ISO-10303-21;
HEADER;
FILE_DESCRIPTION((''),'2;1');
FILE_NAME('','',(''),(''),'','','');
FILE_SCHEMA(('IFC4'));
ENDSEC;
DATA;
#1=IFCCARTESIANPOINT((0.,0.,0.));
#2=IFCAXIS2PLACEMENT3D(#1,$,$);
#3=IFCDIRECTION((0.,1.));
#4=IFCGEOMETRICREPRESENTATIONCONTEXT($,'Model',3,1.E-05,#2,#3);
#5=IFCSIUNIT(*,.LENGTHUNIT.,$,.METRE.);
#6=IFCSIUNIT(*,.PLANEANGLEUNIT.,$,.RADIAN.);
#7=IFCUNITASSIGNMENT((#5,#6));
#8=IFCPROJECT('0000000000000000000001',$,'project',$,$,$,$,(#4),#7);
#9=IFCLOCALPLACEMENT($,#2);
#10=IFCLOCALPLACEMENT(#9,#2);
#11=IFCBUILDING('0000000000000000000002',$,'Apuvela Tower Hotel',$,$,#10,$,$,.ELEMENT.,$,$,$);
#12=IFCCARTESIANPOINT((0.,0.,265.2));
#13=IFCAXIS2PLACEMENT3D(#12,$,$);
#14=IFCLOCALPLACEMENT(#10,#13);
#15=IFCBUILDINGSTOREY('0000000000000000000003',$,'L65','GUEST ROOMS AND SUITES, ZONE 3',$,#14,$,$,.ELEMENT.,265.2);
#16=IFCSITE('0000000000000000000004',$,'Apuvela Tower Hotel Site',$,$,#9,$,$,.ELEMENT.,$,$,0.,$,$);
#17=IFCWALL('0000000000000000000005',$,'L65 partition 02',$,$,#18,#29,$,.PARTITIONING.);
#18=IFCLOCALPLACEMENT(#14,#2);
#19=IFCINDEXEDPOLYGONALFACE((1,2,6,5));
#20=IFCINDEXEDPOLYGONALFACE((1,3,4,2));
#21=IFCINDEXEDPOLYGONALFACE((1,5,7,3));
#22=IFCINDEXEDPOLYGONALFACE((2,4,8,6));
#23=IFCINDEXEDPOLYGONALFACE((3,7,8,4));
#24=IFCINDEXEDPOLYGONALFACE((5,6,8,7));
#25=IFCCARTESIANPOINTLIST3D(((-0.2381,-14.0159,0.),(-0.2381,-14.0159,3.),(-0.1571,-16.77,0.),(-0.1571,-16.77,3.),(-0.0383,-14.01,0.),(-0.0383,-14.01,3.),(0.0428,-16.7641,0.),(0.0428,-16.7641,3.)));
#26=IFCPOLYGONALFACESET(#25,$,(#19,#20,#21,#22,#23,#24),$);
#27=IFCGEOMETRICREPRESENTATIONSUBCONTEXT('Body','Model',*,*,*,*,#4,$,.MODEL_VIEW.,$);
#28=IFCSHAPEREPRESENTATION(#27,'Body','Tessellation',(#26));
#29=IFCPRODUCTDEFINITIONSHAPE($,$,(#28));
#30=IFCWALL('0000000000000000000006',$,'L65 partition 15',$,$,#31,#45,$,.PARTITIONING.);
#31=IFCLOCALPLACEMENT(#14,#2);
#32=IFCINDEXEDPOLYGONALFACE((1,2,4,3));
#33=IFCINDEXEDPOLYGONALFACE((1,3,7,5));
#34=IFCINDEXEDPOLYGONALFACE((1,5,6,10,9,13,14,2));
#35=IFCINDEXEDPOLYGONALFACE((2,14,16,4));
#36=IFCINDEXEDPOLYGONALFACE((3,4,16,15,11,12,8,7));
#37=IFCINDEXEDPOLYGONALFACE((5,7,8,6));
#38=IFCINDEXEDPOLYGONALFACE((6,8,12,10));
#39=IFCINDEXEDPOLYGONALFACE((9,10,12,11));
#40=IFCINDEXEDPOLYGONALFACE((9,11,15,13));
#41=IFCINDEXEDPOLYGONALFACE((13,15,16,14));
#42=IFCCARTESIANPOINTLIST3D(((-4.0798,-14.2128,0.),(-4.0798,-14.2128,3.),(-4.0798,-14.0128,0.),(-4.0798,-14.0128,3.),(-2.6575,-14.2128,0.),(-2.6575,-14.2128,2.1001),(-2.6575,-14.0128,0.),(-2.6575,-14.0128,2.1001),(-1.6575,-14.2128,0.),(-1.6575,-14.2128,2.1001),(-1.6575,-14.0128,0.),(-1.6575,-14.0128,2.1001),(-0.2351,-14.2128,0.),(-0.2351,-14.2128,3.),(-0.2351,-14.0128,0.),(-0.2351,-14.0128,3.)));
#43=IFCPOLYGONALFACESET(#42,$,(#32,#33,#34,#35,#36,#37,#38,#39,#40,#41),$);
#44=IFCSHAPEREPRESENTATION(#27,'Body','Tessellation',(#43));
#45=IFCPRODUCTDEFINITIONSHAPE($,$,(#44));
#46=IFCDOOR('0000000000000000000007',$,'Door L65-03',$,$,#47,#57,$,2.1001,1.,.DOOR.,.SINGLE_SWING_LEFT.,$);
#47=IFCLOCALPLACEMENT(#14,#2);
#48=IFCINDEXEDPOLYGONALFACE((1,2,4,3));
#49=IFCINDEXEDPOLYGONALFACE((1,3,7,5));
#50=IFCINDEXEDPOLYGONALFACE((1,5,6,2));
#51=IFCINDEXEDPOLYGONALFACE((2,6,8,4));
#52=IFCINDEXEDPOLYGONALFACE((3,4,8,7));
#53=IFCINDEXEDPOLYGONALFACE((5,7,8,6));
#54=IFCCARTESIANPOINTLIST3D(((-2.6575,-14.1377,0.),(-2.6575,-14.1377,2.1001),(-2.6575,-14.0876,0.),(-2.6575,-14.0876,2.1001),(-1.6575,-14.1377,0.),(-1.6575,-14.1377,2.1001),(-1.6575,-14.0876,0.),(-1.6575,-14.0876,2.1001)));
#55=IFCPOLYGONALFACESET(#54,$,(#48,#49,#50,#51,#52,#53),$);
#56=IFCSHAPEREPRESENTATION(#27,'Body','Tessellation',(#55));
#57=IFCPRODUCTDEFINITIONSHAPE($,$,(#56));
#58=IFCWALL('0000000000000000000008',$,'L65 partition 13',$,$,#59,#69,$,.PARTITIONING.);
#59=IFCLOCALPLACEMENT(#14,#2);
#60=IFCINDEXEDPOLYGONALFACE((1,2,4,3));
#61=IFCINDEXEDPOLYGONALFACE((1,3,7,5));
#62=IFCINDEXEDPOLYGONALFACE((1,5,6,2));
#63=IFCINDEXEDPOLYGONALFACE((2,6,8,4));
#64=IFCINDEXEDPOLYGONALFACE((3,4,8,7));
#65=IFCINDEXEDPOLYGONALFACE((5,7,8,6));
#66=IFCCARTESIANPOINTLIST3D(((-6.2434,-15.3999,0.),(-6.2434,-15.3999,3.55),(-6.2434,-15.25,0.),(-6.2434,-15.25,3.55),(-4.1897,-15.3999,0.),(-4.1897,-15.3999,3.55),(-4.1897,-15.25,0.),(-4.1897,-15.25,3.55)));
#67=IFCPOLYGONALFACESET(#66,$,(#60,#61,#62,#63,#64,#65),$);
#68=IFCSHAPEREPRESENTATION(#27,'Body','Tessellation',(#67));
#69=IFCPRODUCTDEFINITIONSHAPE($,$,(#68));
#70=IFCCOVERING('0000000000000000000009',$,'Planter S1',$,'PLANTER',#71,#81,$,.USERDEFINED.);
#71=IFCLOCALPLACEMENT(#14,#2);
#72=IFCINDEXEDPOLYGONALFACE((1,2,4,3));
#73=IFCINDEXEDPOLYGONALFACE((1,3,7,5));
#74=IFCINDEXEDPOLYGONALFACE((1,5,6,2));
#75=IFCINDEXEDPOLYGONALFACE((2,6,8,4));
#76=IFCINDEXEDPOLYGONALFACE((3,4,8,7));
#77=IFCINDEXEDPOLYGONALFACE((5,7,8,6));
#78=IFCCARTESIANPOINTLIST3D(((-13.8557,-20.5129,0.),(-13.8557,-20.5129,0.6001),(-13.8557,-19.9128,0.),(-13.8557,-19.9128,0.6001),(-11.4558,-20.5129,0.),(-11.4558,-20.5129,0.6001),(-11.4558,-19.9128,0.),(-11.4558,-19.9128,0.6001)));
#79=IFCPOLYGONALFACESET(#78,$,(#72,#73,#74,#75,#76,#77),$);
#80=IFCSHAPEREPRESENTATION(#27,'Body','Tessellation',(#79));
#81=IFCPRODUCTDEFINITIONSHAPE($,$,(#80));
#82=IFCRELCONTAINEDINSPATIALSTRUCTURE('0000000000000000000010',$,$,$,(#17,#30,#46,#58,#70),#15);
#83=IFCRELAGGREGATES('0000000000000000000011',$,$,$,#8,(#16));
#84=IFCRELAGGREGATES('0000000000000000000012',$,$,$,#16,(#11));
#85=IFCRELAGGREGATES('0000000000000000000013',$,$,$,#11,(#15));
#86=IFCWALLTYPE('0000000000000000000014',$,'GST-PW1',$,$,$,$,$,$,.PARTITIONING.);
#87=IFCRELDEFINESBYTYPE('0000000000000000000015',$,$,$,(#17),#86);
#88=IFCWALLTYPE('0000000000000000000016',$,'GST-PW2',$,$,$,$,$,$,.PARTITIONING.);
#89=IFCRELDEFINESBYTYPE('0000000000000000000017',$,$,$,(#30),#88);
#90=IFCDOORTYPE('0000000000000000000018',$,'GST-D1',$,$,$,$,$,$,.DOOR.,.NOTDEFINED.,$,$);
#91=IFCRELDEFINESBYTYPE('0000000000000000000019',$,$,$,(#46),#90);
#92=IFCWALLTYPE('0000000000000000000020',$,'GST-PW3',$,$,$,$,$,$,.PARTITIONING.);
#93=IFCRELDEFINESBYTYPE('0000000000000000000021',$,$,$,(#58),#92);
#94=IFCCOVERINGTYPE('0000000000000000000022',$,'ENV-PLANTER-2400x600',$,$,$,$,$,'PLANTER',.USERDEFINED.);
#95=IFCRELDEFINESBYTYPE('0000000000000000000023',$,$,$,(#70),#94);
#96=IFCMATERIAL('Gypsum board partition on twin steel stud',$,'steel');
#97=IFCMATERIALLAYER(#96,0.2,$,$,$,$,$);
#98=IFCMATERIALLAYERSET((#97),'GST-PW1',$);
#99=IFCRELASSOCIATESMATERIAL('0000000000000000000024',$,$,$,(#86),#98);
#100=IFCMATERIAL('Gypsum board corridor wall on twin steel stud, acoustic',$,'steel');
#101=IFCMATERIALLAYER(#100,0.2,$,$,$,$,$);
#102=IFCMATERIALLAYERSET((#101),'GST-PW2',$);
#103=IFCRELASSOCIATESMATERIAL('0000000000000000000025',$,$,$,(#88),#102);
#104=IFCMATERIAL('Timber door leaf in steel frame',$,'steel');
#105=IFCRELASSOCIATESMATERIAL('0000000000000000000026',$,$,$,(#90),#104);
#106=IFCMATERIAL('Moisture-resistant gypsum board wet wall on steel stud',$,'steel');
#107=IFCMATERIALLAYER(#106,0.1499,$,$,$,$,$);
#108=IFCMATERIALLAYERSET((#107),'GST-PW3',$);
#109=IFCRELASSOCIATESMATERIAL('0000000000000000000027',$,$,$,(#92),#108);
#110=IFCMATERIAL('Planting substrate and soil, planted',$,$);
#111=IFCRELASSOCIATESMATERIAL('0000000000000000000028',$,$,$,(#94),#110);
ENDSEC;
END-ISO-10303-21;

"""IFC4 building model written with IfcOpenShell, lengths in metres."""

from ifc_helpers import new_model, si_unit, direction, frame, frame_2d, origin, origin_2d, place, context, subcontext, project, spatial, rectangle, extrude, material, layer, layer_set, type_object, element, fill, save


model = new_model("IFC4")

# Units and contexts
model_context = context("Model", 3, precision=1e-05, world=origin(), true_north=direction((0.0, 1.0)))
body_context = subcontext(model_context, "Body", "Model", "MODEL_VIEW")
ifc_project = project(units=[si_unit("LENGTHUNIT", "METRE"), si_unit("PLANEANGLEUNIT", "RADIAN")], contexts=[model_context])

# Site, building, storey
site_placement = place(None, origin())
site = spatial("IfcSite", under=ifc_project, at=site_placement, Name="Apuvela Tower Hotel Site", CompositionType="ELEMENT", RefElevation=0.0)
building_placement = place(site_placement, origin())
building = spatial("IfcBuilding", under=site, at=building_placement, Name="Apuvela Tower Hotel", CompositionType="ELEMENT")
storey_placement = place(building_placement, frame((0.0, 0.0, 265.2)))
storey = spatial("IfcBuildingStorey", under=building, at=storey_placement, Name="L65", Description="GUEST ROOMS AND SUITES, ZONE 3", CompositionType="ELEMENT", Elevation=265.2)

# Wall
ifc_material_1 = material(Name="Gypsum board partition on twin steel stud", Category="steel")
ifc_layer_1 = layer(ifc_material_1, 0.2)
ifc_layer_set_1 = layer_set([ifc_layer_1], Name="GST-PW1")
wall_type_1 = type_object("IfcWallType", Name="GST-PW1", PredefinedType="PARTITIONING", material=ifc_layer_set_1)
wall_1_placement = place(storey_placement, frame((-0.0571, -16.7671, 0.0), z_axis=(0.0, 0.0, 1.0), x_axis=(-0.029417, 0.999567, 0.0)))
element("IfcWall", 1, at=wall_1_placement, inside=storey, type_object=wall_type_1, Name="L65 partition 02", PredefinedType="PARTITIONING", context=body_context, shape_type="SweptSolid", body=[
    extrude(rectangle(XDim=2.7554, YDim=0.2, at=frame_2d((1.3777, 0.0))), origin(), (0.0, 0.0, 1.0), 3.0),
])

# Wall, opening, door
ifc_material_2 = material(Name="Gypsum board corridor wall on twin steel stud, acoustic", Category="steel")
ifc_layer_2 = layer(ifc_material_2, 0.2)
ifc_layer_set_2 = layer_set([ifc_layer_2], Name="GST-PW2")
wall_type_2 = type_object("IfcWallType", Name="GST-PW2", PredefinedType="PARTITIONING", material=ifc_layer_set_2)
wall_2_placement = place(storey_placement, frame((-0.2351, -14.1128, 0.0), z_axis=(0.0, 0.0, 1.0), x_axis=(-1.0, 0.0, 0.0)))
wall_2 = element("IfcWall", 2, at=wall_2_placement, inside=storey, type_object=wall_type_2, Name="L65 partition 15", PredefinedType="PARTITIONING", context=body_context, shape_type="SweptSolid", body=[
    extrude(rectangle(XDim=3.8447, YDim=0.2, at=frame_2d((1.9224, 0.0))), origin(), (0.0, 0.0, 1.0), 3.0),
])
opening_1_placement = place(wall_2_placement, frame((1.4224, 0.0, 0.0)))
opening_1 = element("IfcOpeningElement", 3, at=opening_1_placement, cuts=wall_2, PredefinedType="OPENING", context=body_context, shape_type="SweptSolid", body=[
    extrude(rectangle(XDim=1.0, YDim=2.1001, at=frame_2d((0.5, 1.05))), frame((0.0, 0.1099, 0.0), z_axis=(0.0, -1.0, 0.0), x_axis=(1.0, 0.0, 0.0)), (0.0, 0.0, 1.0), 0.22),
])
ifc_material_3 = material(Name="Timber door leaf in steel frame", Category="steel")
door_type_1 = type_object("IfcDoorType", Name="GST-D1", OperationType="NOTDEFINED", PredefinedType="DOOR", material=ifc_material_3)
door_1_placement = place(opening_1_placement, origin())
door_1 = element("IfcDoor", 4, at=door_1_placement, inside=storey, type_object=door_type_1, Name="Door L65-03", OperationType="SINGLE_SWING_LEFT", OverallHeight=2.1001, OverallWidth=1.0, PredefinedType="DOOR", context=body_context, shape_type="SweptSolid", body=[
    extrude(rectangle(XDim=1.0, YDim=2.1001, at=frame_2d((0.5, 1.05))), frame((0.0, 0.0249, 0.0), z_axis=(0.0, -1.0, 0.0), x_axis=(1.0, 0.0, 0.0)), (0.0, 0.0, 1.0), 0.05),
])
fill(opening_1, door_1)

# Wall
ifc_material_4 = material(Name="Moisture-resistant gypsum board wet wall on steel stud", Category="steel")
ifc_layer_3 = layer(ifc_material_4, 0.1499)
ifc_layer_set_3 = layer_set([ifc_layer_3], Name="GST-PW3")
wall_type_3 = type_object("IfcWallType", Name="GST-PW3", PredefinedType="PARTITIONING", material=ifc_layer_set_3)
wall_3_placement = place(storey_placement, frame((-6.2434, -15.325, 0.0), z_axis=(0.0, 0.0, 1.0), x_axis=(1.0, 0.0, 0.0)))
element("IfcWall", 5, at=wall_3_placement, inside=storey, type_object=wall_type_3, Name="L65 partition 13", PredefinedType="PARTITIONING", context=body_context, shape_type="SweptSolid", body=[
    extrude(rectangle(XDim=2.0537, YDim=0.1499, at=frame_2d((1.0269, 0.0))), origin(), (0.0, 0.0, 1.0), 3.55),
])

# Covering
ifc_material_5 = material(Name="Planting substrate and soil, planted")
covering_type = type_object("IfcCoveringType", Name="ENV-PLANTER-2400x600", ElementType="PLANTER", PredefinedType="USERDEFINED", material=ifc_material_5)
covering_placement = place(storey_placement, frame((-12.6558, -20.2129, 0.0), z_axis=(0.0, 0.0, 1.0), x_axis=(1.0, 0.0, 0.0)))
element("IfcCovering", 6, at=covering_placement, inside=storey, type_object=covering_type, Name="Planter S1", ObjectType="PLANTER", PredefinedType="USERDEFINED", context=body_context, shape_type="SweptSolid", body=[
    extrude(rectangle(XDim=2.3999, YDim=0.6001, at=origin_2d()), origin(), (0.0, 0.0, 1.0), 0.6001),
])

save(model, "model.ifc")
